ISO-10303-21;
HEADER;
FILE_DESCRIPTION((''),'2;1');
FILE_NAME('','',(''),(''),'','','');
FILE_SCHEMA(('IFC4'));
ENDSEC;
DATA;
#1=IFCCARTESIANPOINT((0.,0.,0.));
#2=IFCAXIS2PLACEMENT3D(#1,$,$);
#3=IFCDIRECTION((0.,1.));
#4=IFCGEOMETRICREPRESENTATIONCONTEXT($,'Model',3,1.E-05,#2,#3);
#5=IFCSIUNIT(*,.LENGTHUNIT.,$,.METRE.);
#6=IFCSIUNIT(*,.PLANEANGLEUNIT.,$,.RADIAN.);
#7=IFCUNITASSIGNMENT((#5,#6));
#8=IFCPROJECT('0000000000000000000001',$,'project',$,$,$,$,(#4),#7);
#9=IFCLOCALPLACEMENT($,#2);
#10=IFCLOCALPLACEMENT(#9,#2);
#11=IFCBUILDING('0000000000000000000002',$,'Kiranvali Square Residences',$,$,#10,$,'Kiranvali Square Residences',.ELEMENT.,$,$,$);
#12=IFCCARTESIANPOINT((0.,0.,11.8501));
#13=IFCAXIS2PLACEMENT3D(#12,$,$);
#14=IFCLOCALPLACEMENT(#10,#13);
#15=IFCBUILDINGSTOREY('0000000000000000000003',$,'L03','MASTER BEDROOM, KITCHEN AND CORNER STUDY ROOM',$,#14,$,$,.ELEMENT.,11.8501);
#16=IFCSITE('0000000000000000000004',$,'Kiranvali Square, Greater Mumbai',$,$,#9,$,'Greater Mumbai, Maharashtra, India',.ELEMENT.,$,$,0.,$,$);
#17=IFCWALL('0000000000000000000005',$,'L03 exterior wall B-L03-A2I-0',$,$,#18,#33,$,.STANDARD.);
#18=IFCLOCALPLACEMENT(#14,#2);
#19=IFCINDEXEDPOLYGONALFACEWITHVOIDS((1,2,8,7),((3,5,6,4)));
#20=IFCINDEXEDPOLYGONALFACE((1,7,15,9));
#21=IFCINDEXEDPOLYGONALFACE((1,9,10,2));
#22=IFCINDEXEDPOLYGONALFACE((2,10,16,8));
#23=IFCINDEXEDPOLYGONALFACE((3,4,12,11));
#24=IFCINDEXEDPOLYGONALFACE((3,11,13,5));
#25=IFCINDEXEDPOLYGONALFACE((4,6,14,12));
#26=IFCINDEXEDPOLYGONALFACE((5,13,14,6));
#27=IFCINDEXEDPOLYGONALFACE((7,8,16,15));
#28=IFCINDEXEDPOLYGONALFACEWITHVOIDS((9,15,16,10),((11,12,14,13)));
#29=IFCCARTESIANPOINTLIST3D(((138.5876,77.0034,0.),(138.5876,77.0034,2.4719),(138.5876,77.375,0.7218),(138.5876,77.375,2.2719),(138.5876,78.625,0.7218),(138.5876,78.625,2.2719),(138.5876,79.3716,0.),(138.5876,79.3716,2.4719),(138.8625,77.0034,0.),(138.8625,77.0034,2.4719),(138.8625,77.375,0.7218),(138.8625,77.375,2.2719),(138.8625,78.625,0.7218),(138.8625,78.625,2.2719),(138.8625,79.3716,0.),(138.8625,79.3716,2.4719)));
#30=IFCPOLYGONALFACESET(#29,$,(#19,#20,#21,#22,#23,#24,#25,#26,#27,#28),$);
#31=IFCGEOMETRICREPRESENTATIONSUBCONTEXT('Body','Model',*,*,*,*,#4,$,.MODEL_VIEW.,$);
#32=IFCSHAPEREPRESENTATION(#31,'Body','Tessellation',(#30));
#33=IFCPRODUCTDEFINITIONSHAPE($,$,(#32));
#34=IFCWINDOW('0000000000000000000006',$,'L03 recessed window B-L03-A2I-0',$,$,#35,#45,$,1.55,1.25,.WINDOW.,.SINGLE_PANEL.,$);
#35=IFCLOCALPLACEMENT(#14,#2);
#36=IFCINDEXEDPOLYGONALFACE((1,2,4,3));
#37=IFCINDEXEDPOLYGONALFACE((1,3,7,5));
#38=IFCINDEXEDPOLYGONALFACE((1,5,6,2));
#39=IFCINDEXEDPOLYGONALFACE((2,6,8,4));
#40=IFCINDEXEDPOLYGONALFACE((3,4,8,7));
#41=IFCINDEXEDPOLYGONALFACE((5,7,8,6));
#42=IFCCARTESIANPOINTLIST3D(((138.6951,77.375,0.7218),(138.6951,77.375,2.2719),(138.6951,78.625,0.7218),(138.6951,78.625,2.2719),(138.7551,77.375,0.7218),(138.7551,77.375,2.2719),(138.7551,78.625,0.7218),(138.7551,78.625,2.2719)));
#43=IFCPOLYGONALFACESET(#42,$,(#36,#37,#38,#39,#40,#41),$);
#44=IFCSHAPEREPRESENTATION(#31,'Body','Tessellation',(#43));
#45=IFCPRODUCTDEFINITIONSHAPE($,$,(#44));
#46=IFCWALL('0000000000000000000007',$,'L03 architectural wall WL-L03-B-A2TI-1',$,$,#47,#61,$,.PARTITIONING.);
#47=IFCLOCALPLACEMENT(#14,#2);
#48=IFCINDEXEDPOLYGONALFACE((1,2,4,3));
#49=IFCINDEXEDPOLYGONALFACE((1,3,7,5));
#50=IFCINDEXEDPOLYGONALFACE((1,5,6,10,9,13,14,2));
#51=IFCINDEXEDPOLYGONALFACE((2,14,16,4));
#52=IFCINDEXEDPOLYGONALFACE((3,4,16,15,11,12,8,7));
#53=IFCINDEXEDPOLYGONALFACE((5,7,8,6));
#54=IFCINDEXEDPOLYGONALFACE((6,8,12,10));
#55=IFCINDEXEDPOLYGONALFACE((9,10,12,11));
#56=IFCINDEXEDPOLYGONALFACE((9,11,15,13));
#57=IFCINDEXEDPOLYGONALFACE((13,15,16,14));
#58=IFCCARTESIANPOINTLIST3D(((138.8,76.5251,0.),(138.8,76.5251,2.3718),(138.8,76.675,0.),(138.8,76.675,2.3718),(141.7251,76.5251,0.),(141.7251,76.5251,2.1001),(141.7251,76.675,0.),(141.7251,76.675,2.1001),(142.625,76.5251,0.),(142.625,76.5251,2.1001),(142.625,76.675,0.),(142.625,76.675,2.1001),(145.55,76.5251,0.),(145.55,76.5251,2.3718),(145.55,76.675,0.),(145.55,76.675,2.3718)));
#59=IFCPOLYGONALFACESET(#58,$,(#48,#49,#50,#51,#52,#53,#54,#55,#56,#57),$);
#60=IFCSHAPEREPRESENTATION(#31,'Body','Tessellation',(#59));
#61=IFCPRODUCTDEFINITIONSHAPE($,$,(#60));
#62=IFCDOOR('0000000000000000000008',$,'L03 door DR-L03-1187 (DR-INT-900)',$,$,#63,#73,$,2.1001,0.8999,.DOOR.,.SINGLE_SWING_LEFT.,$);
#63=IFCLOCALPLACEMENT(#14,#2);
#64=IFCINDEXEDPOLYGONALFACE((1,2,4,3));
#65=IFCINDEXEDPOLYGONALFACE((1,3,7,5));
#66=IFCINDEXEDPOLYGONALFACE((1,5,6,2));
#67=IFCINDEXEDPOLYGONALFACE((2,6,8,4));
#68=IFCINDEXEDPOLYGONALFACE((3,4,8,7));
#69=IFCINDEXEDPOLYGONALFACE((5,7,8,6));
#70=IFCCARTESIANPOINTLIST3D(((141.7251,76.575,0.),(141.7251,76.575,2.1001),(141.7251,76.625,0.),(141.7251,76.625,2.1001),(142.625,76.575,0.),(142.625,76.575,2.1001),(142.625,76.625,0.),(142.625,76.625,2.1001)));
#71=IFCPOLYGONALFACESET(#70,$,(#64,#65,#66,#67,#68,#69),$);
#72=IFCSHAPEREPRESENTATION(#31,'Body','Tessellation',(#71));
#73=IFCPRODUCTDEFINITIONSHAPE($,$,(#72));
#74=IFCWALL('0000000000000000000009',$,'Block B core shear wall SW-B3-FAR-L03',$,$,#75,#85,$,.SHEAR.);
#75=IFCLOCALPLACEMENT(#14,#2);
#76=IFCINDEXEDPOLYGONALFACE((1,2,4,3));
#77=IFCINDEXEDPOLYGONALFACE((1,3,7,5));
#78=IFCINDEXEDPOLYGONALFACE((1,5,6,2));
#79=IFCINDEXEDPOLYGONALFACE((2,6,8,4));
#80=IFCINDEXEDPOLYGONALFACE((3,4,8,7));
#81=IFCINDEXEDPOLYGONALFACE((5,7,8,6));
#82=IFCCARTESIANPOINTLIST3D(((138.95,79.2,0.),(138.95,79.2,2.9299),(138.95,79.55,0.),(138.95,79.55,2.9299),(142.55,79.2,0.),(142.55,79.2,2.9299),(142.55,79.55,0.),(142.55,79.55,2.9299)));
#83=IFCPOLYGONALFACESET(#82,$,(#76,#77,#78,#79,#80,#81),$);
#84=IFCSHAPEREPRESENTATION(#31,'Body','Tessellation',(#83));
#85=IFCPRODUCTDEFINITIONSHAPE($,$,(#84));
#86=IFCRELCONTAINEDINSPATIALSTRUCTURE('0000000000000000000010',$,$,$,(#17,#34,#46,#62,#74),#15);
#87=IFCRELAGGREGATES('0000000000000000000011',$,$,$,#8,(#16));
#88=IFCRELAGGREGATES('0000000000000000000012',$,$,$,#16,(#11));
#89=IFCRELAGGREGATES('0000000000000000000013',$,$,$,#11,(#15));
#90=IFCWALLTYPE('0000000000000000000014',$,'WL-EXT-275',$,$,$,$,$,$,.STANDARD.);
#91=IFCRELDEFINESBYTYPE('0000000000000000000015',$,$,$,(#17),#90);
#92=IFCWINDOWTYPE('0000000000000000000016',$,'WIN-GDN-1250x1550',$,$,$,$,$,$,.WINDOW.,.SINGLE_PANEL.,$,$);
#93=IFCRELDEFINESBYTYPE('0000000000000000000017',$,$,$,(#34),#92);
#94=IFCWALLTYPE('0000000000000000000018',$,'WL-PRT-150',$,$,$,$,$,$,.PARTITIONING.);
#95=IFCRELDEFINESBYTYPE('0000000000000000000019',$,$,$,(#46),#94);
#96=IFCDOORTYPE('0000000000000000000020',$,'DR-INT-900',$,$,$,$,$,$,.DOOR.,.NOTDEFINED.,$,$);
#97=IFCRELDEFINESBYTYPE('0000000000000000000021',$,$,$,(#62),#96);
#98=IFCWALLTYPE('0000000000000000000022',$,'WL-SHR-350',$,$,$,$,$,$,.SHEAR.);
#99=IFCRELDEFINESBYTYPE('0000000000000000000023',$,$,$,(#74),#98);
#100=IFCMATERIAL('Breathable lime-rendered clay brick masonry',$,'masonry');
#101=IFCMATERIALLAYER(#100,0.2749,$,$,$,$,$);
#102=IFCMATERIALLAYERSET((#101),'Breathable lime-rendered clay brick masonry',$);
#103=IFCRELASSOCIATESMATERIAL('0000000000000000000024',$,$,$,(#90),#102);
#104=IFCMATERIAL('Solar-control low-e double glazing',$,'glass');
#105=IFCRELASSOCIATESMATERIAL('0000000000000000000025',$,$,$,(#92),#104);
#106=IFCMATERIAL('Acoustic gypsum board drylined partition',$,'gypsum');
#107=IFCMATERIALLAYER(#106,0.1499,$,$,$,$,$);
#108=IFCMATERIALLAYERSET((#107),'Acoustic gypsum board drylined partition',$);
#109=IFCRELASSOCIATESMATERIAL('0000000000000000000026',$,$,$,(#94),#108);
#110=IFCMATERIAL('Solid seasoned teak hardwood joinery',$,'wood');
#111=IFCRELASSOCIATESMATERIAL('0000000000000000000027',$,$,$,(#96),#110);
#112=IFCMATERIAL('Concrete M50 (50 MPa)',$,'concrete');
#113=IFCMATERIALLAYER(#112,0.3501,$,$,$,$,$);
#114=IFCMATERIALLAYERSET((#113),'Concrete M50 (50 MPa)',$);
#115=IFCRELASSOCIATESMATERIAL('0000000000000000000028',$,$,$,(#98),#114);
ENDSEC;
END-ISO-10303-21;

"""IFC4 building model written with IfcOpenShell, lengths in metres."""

from ifc_helpers import new_model, si_unit, direction, frame, frame_2d, origin, place, context, subcontext, project, spatial, rectangle, extrude, material, layer, layer_set, type_object, element, fill, save


model = new_model("IFC4")

# Units and contexts
model_context = context("Model", 3, precision=1e-05, world=origin(), true_north=direction((0.0, 1.0)))
body_context = subcontext(model_context, "Body", "Model", "MODEL_VIEW")
ifc_project = project(units=[si_unit("LENGTHUNIT", "METRE"), si_unit("PLANEANGLEUNIT", "RADIAN")], contexts=[model_context])

# Site, building, storey
site_placement = place(None, origin())
site = spatial("IfcSite", under=ifc_project, at=site_placement, Name="Kiranvali Square, Greater Mumbai", LongName="Greater Mumbai, Maharashtra, India", CompositionType="ELEMENT", RefElevation=0.0)
building_placement = place(site_placement, origin())
building = spatial("IfcBuilding", under=site, at=building_placement, Name="Kiranvali Square Residences", LongName="Kiranvali Square Residences", CompositionType="ELEMENT")
storey_placement = place(building_placement, frame((0.0, 0.0, 11.8501)))
storey = spatial("IfcBuildingStorey", under=building, at=storey_placement, Name="L03", Description="MASTER BEDROOM, KITCHEN AND CORNER STUDY ROOM", CompositionType="ELEMENT", Elevation=11.8501)

# Wall, opening, window
ifc_material_1 = material(Name="Breathable lime-rendered clay brick masonry", Category="masonry")
ifc_layer_1 = layer(ifc_material_1, 0.2749)
ifc_layer_set_1 = layer_set([ifc_layer_1], Name="Breathable lime-rendered clay brick masonry")
wall_type_1 = type_object("IfcWallType", Name="WL-EXT-275", PredefinedType="STANDARD", material=ifc_layer_set_1)
wall_1_placement = place(storey_placement, frame((138.7251, 79.3716, 0.0), z_axis=(0.0, 0.0, 1.0), x_axis=(0.0, -1.0, 0.0)))
wall_1 = element("IfcWall", 1, at=wall_1_placement, inside=storey, type_object=wall_type_1, Name="L03 exterior wall B-L03-A2I-0", PredefinedType="STANDARD", context=body_context, shape_type="SweptSolid", body=[
    extrude(rectangle(XDim=2.3682, YDim=0.2749, at=frame_2d((1.1841, 0.0))), origin(), (0.0, 0.0, 1.0), 2.4719),
])
opening_1_placement = place(wall_1_placement, frame((0.7466, 0.0, 0.7219)))
opening_1 = element("IfcOpeningElement", 2, at=opening_1_placement, cuts=wall_1, PredefinedType="OPENING", context=body_context, shape_type="SweptSolid", body=[
    extrude(rectangle(XDim=1.25, YDim=1.55, at=frame_2d((0.625, 0.7749))), frame((0.0, 0.1475, 0.0), z_axis=(0.0, -1.0, 0.0), x_axis=(1.0, 0.0, 0.0)), (0.0, 0.0, 1.0), 0.2949),
])
ifc_material_2 = material(Name="Solar-control low-e double glazing", Category="glass")
window_type = type_object("IfcWindowType", Name="WIN-GDN-1250x1550", PartitioningType="SINGLE_PANEL", PredefinedType="WINDOW", material=ifc_material_2)
window_placement = place(opening_1_placement, origin())
window = element("IfcWindow", 3, at=window_placement, inside=storey, type_object=window_type, Name="L03 recessed window B-L03-A2I-0", OverallHeight=1.55, OverallWidth=1.25, PartitioningType="SINGLE_PANEL", PredefinedType="WINDOW", context=body_context, shape_type="SweptSolid", body=[
    extrude(rectangle(XDim=1.25, YDim=1.55, at=frame_2d((0.625, 0.7749))), frame((0.0, 0.03, 0.0), z_axis=(0.0, -1.0, 0.0), x_axis=(1.0, 0.0, 0.0)), (0.0, 0.0, 1.0), 0.0601),
])
fill(opening_1, window)

# Wall, opening, door
ifc_material_3 = material(Name="Acoustic gypsum board drylined partition", Category="gypsum")
ifc_layer_2 = layer(ifc_material_3, 0.1499)
ifc_layer_set_2 = layer_set([ifc_layer_2], Name="Acoustic gypsum board drylined partition")
wall_type_2 = type_object("IfcWallType", Name="WL-PRT-150", PredefinedType="PARTITIONING", material=ifc_layer_set_2)
wall_2_placement = place(storey_placement, frame((138.8, 76.6001, 0.0), z_axis=(0.0, 0.0, 1.0), x_axis=(1.0, 0.0, 0.0)))
wall_2 = element("IfcWall", 4, at=wall_2_placement, inside=storey, type_object=wall_type_2, Name="L03 architectural wall WL-L03-B-A2TI-1", PredefinedType="PARTITIONING", context=body_context, shape_type="SweptSolid", body=[
    extrude(rectangle(XDim=6.75, YDim=0.1499, at=frame_2d((3.375, 0.0))), origin(), (0.0, 0.0, 1.0), 2.3718),
])
opening_2_placement = place(wall_2_placement, frame((2.925, 0.0, 0.0)))
opening_2 = element("IfcOpeningElement", 5, at=opening_2_placement, cuts=wall_2, PredefinedType="OPENING", context=body_context, shape_type="SweptSolid", body=[
    extrude(rectangle(XDim=0.8999, YDim=2.1001, at=frame_2d((0.45, 1.05))), frame((0.0, 0.085, 0.0), z_axis=(0.0, -1.0, 0.0), x_axis=(1.0, 0.0, 0.0)), (0.0, 0.0, 1.0), 0.1699),
])
ifc_material_4 = material(Name="Solid seasoned teak hardwood joinery", Category="wood")
door_type_1 = type_object("IfcDoorType", Name="DR-INT-900", OperationType="NOTDEFINED", PredefinedType="DOOR", material=ifc_material_4)
door_1_placement = place(opening_2_placement, origin())
door_1 = element("IfcDoor", 6, at=door_1_placement, inside=storey, type_object=door_type_1, Name="L03 door DR-L03-1187 (DR-INT-900)", OperationType="SINGLE_SWING_LEFT", OverallHeight=2.1001, OverallWidth=0.8999, PredefinedType="DOOR", context=body_context, shape_type="SweptSolid", body=[
    extrude(rectangle(XDim=0.8999, YDim=2.1001, at=frame_2d((0.45, 1.05))), frame((0.0, 0.0249, 0.0), z_axis=(0.0, -1.0, 0.0), x_axis=(1.0, 0.0, 0.0)), (0.0, 0.0, 1.0), 0.05),
])
fill(opening_2, door_1)

# Wall
ifc_material_5 = material(Name="Concrete M50 (50 MPa)", Category="concrete")
ifc_layer_3 = layer(ifc_material_5, 0.3501)
ifc_layer_set_3 = layer_set([ifc_layer_3], Name="Concrete M50 (50 MPa)")
wall_type_3 = type_object("IfcWallType", Name="WL-SHR-350", PredefinedType="SHEAR", material=ifc_layer_set_3)
wall_3_placement = place(storey_placement, frame((138.95, 79.375, 0.0), z_axis=(0.0, 0.0, 1.0), x_axis=(1.0, 0.0, 0.0)))
element("IfcWall", 7, at=wall_3_placement, inside=storey, type_object=wall_type_3, Name="Block B core shear wall SW-B3-FAR-L03", PredefinedType="SHEAR", context=body_context, shape_type="SweptSolid", body=[
    extrude(rectangle(XDim=3.6001, YDim=0.3501, at=frame_2d((1.8, 0.0))), origin(), (0.0, 0.0, 1.0), 2.9299),
])

save(model, "model.ifc")
